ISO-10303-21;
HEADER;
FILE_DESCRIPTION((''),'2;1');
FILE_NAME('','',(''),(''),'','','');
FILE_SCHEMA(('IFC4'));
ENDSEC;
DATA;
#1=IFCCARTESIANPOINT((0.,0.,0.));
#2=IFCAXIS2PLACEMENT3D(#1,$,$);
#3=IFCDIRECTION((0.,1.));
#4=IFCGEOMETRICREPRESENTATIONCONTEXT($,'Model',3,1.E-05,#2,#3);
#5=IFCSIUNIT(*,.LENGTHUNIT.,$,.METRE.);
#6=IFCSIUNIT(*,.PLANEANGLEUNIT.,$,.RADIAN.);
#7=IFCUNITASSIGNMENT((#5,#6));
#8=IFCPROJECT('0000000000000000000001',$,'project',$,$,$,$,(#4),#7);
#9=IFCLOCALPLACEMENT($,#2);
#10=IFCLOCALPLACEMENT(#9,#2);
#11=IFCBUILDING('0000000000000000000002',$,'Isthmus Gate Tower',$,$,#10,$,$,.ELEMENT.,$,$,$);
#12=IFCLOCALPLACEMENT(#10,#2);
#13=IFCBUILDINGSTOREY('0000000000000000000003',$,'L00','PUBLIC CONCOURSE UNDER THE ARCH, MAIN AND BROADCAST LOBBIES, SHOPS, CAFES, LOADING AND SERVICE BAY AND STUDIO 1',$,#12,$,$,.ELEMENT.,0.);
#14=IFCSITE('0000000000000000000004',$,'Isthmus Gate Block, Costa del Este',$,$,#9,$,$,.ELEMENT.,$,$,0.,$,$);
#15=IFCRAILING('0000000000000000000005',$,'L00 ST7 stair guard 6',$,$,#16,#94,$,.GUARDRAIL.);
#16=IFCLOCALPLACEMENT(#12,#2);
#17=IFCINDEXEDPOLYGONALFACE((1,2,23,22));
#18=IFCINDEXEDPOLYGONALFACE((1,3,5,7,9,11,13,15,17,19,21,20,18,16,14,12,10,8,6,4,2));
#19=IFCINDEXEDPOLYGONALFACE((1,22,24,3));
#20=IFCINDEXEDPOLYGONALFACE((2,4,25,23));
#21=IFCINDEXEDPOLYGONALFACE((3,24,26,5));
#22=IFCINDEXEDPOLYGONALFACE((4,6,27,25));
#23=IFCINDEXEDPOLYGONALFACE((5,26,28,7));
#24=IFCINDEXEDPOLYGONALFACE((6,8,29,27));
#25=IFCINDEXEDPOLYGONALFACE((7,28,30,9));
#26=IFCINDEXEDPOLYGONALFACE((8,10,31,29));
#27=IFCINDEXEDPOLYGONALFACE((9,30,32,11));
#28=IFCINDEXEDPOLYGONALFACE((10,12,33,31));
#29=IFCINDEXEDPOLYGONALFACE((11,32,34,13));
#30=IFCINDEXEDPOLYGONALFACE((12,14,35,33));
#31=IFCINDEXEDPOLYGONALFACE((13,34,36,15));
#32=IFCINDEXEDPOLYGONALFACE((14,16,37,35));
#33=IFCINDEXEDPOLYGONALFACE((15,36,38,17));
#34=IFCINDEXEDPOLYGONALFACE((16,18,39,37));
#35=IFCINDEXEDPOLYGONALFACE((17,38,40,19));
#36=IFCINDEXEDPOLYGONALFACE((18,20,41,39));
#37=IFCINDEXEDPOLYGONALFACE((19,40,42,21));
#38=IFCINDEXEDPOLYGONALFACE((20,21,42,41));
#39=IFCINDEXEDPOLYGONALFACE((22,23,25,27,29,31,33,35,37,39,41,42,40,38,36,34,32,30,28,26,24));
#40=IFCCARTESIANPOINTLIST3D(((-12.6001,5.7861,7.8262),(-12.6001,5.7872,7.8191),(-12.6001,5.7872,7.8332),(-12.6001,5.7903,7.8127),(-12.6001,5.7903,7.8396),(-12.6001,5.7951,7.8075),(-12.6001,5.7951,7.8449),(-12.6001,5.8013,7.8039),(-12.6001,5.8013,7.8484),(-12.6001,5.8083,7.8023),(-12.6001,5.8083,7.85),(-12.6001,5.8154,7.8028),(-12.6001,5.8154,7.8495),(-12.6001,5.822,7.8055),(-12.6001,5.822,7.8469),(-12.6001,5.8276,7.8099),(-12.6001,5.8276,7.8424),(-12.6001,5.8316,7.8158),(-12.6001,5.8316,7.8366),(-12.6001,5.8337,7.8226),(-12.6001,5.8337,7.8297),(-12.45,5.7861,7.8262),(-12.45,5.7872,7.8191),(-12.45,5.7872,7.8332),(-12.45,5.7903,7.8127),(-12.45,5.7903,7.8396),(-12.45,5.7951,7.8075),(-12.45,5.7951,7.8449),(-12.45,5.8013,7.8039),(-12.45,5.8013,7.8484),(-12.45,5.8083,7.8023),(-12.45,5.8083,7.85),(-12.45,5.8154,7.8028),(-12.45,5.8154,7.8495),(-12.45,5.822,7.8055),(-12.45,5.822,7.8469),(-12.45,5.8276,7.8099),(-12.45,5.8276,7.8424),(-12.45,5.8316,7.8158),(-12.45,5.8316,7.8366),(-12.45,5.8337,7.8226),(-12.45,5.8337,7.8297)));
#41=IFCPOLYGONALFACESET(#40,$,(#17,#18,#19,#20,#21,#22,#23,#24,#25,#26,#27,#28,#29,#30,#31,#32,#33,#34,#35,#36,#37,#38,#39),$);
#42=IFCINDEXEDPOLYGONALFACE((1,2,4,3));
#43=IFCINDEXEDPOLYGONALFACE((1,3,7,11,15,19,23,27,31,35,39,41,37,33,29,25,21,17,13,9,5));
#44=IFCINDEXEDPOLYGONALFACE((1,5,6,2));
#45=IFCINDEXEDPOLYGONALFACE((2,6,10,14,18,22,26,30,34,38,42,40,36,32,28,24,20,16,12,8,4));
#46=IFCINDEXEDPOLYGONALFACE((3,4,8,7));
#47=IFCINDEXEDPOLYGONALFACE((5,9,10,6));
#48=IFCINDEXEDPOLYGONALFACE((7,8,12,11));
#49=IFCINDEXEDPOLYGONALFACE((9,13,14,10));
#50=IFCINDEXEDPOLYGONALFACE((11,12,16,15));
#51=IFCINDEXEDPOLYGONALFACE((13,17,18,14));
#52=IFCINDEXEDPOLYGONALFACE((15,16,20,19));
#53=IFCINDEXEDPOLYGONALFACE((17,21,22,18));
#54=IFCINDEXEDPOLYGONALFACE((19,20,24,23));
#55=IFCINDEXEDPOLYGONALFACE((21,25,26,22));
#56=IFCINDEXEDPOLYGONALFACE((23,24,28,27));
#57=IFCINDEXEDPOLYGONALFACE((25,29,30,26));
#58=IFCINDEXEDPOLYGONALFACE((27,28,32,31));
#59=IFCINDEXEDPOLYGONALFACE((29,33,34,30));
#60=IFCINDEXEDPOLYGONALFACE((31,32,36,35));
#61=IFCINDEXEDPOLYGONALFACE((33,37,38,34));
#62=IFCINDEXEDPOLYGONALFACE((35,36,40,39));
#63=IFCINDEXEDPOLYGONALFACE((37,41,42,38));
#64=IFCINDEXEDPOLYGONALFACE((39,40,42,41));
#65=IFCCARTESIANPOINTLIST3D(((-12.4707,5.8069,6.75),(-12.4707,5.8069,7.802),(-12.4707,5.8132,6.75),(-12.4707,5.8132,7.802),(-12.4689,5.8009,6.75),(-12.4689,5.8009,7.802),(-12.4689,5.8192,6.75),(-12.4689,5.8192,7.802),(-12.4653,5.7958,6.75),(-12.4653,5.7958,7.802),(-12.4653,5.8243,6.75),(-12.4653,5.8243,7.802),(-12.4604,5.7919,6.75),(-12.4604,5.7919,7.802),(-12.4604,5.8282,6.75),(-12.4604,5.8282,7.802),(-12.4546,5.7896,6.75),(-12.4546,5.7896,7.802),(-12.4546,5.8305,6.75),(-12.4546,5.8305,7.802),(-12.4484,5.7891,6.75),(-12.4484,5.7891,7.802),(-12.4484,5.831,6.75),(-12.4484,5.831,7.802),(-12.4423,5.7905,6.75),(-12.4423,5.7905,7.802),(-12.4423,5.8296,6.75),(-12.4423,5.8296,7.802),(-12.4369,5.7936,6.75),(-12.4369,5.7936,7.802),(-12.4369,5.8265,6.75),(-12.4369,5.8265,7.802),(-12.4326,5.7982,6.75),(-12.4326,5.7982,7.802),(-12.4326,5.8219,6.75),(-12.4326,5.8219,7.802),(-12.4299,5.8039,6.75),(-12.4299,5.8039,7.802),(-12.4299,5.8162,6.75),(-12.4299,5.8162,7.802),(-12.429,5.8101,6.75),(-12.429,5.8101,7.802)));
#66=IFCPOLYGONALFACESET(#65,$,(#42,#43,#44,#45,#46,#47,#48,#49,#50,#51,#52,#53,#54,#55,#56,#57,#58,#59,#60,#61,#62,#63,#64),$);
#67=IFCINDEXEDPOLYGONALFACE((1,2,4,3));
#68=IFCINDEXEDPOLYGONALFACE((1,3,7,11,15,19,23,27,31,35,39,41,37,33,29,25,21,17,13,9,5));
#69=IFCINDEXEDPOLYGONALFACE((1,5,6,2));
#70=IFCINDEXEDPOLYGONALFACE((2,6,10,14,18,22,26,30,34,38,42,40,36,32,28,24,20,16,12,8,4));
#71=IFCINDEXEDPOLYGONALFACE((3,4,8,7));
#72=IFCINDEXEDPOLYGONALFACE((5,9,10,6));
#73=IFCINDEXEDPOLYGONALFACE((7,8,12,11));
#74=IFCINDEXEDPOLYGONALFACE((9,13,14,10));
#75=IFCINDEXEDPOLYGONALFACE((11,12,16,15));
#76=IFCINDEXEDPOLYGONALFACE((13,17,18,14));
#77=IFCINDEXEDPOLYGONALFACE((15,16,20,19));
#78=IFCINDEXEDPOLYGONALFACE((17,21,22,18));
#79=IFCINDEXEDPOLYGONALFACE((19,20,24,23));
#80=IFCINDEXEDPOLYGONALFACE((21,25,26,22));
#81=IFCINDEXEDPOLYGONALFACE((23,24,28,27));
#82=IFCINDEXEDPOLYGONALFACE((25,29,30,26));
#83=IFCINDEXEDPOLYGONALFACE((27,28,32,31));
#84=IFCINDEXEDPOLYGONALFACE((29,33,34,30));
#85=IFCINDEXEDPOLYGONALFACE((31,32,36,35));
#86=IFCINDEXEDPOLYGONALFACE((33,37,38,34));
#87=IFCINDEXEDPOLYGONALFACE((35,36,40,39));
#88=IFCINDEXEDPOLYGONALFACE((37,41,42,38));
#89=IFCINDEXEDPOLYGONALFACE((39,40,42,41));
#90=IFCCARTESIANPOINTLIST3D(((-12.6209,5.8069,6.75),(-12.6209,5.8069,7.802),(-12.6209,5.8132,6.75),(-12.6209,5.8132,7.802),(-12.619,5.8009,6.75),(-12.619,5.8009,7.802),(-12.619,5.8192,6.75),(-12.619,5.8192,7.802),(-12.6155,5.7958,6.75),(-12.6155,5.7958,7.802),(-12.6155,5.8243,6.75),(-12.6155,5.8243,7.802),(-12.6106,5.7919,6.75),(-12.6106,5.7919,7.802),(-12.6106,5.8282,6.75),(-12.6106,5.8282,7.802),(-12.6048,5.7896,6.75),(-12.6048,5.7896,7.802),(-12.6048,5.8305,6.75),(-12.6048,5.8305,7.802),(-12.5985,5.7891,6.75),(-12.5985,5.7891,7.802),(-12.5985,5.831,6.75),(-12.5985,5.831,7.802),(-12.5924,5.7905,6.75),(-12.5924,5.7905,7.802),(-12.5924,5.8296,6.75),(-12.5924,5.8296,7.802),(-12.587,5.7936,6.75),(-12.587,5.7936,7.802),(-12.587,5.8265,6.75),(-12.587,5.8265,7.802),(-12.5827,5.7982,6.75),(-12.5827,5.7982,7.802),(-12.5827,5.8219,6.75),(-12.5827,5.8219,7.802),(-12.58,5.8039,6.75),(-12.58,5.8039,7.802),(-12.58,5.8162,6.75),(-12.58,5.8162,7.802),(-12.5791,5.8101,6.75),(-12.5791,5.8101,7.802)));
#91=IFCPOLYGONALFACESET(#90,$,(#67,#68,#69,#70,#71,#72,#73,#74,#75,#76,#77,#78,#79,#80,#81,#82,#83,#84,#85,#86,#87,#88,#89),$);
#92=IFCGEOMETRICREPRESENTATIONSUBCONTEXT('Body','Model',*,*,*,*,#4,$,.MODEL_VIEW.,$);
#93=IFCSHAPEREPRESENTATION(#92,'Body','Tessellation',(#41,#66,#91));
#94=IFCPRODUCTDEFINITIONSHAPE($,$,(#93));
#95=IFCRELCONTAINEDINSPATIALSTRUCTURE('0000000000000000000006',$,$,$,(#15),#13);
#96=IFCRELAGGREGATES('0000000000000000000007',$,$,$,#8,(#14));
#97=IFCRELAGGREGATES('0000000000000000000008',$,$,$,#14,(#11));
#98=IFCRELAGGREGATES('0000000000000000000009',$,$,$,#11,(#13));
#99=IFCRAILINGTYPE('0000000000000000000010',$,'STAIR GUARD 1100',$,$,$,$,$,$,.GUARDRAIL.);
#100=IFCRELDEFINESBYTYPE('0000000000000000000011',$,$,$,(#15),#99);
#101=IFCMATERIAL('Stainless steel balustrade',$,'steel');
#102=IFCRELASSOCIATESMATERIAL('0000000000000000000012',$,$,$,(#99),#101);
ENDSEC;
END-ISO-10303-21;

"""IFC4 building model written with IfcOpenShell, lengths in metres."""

from ifc_helpers import new_model, si_unit, direction, frame, origin, origin_2d, place, context, subcontext, project, spatial, circle, extrude, material, type_object, element, save


model = new_model("IFC4")

# Units and contexts
model_context = context("Model", 3, precision=1e-05, world=origin(), true_north=direction((0.0, 1.0)))
body_context = subcontext(model_context, "Body", "Model", "MODEL_VIEW")
ifc_project = project(units=[si_unit("LENGTHUNIT", "METRE"), si_unit("PLANEANGLEUNIT", "RADIAN")], contexts=[model_context])

# Site, building, storey
site_placement = place(None, origin())
site = spatial("IfcSite", under=ifc_project, at=site_placement, Name="Isthmus Gate Block, Costa del Este", CompositionType="ELEMENT", RefElevation=0.0)
building_placement = place(site_placement, origin())
building = spatial("IfcBuilding", under=site, at=building_placement, Name="Isthmus Gate Tower", CompositionType="ELEMENT")
storey_placement = place(building_placement, origin())
storey = spatial("IfcBuildingStorey", under=building, at=storey_placement, Name="L00", Description="PUBLIC CONCOURSE UNDER THE ARCH, MAIN AND BROADCAST LOBBIES, SHOPS, CAFES, LOADING AND SERVICE BAY AND STUDIO 1", CompositionType="ELEMENT", Elevation=0.0)

# Railing
ifc_material_1 = material(Name="Stainless steel balustrade", Category="steel")
railing_type_1 = type_object("IfcRailingType", Name="STAIR GUARD 1100", PredefinedType="GUARDRAIL", material=ifc_material_1)
railing_1_placement = place(storey_placement, frame((-12.45, 5.8101, 6.75)))
element("IfcRailing", 1, at=railing_1_placement, inside=storey, type_object=railing_type_1, Name="L00 ST7 stair guard 6", PredefinedType="GUARDRAIL", context=body_context, shape_type="SweptSolid", body=[
    extrude(circle(Radius=0.0239, at=origin_2d()), frame((0.0, 0.0, 1.0762), z_axis=(-1.0, 0.0, 0.0), x_axis=(0.0, -1.0, 0.0)), (0.0, 0.0, 1.0), 0.1501),
    extrude(circle(Radius=0.021, at=origin_2d()), origin(), (0.0, 0.0, 1.0), 1.052),
    extrude(circle(Radius=0.021, at=origin_2d()), frame((-0.1501, 0.0, 0.0)), (0.0, 0.0, 1.0), 1.052),
])

save(model, "model.ifc")
